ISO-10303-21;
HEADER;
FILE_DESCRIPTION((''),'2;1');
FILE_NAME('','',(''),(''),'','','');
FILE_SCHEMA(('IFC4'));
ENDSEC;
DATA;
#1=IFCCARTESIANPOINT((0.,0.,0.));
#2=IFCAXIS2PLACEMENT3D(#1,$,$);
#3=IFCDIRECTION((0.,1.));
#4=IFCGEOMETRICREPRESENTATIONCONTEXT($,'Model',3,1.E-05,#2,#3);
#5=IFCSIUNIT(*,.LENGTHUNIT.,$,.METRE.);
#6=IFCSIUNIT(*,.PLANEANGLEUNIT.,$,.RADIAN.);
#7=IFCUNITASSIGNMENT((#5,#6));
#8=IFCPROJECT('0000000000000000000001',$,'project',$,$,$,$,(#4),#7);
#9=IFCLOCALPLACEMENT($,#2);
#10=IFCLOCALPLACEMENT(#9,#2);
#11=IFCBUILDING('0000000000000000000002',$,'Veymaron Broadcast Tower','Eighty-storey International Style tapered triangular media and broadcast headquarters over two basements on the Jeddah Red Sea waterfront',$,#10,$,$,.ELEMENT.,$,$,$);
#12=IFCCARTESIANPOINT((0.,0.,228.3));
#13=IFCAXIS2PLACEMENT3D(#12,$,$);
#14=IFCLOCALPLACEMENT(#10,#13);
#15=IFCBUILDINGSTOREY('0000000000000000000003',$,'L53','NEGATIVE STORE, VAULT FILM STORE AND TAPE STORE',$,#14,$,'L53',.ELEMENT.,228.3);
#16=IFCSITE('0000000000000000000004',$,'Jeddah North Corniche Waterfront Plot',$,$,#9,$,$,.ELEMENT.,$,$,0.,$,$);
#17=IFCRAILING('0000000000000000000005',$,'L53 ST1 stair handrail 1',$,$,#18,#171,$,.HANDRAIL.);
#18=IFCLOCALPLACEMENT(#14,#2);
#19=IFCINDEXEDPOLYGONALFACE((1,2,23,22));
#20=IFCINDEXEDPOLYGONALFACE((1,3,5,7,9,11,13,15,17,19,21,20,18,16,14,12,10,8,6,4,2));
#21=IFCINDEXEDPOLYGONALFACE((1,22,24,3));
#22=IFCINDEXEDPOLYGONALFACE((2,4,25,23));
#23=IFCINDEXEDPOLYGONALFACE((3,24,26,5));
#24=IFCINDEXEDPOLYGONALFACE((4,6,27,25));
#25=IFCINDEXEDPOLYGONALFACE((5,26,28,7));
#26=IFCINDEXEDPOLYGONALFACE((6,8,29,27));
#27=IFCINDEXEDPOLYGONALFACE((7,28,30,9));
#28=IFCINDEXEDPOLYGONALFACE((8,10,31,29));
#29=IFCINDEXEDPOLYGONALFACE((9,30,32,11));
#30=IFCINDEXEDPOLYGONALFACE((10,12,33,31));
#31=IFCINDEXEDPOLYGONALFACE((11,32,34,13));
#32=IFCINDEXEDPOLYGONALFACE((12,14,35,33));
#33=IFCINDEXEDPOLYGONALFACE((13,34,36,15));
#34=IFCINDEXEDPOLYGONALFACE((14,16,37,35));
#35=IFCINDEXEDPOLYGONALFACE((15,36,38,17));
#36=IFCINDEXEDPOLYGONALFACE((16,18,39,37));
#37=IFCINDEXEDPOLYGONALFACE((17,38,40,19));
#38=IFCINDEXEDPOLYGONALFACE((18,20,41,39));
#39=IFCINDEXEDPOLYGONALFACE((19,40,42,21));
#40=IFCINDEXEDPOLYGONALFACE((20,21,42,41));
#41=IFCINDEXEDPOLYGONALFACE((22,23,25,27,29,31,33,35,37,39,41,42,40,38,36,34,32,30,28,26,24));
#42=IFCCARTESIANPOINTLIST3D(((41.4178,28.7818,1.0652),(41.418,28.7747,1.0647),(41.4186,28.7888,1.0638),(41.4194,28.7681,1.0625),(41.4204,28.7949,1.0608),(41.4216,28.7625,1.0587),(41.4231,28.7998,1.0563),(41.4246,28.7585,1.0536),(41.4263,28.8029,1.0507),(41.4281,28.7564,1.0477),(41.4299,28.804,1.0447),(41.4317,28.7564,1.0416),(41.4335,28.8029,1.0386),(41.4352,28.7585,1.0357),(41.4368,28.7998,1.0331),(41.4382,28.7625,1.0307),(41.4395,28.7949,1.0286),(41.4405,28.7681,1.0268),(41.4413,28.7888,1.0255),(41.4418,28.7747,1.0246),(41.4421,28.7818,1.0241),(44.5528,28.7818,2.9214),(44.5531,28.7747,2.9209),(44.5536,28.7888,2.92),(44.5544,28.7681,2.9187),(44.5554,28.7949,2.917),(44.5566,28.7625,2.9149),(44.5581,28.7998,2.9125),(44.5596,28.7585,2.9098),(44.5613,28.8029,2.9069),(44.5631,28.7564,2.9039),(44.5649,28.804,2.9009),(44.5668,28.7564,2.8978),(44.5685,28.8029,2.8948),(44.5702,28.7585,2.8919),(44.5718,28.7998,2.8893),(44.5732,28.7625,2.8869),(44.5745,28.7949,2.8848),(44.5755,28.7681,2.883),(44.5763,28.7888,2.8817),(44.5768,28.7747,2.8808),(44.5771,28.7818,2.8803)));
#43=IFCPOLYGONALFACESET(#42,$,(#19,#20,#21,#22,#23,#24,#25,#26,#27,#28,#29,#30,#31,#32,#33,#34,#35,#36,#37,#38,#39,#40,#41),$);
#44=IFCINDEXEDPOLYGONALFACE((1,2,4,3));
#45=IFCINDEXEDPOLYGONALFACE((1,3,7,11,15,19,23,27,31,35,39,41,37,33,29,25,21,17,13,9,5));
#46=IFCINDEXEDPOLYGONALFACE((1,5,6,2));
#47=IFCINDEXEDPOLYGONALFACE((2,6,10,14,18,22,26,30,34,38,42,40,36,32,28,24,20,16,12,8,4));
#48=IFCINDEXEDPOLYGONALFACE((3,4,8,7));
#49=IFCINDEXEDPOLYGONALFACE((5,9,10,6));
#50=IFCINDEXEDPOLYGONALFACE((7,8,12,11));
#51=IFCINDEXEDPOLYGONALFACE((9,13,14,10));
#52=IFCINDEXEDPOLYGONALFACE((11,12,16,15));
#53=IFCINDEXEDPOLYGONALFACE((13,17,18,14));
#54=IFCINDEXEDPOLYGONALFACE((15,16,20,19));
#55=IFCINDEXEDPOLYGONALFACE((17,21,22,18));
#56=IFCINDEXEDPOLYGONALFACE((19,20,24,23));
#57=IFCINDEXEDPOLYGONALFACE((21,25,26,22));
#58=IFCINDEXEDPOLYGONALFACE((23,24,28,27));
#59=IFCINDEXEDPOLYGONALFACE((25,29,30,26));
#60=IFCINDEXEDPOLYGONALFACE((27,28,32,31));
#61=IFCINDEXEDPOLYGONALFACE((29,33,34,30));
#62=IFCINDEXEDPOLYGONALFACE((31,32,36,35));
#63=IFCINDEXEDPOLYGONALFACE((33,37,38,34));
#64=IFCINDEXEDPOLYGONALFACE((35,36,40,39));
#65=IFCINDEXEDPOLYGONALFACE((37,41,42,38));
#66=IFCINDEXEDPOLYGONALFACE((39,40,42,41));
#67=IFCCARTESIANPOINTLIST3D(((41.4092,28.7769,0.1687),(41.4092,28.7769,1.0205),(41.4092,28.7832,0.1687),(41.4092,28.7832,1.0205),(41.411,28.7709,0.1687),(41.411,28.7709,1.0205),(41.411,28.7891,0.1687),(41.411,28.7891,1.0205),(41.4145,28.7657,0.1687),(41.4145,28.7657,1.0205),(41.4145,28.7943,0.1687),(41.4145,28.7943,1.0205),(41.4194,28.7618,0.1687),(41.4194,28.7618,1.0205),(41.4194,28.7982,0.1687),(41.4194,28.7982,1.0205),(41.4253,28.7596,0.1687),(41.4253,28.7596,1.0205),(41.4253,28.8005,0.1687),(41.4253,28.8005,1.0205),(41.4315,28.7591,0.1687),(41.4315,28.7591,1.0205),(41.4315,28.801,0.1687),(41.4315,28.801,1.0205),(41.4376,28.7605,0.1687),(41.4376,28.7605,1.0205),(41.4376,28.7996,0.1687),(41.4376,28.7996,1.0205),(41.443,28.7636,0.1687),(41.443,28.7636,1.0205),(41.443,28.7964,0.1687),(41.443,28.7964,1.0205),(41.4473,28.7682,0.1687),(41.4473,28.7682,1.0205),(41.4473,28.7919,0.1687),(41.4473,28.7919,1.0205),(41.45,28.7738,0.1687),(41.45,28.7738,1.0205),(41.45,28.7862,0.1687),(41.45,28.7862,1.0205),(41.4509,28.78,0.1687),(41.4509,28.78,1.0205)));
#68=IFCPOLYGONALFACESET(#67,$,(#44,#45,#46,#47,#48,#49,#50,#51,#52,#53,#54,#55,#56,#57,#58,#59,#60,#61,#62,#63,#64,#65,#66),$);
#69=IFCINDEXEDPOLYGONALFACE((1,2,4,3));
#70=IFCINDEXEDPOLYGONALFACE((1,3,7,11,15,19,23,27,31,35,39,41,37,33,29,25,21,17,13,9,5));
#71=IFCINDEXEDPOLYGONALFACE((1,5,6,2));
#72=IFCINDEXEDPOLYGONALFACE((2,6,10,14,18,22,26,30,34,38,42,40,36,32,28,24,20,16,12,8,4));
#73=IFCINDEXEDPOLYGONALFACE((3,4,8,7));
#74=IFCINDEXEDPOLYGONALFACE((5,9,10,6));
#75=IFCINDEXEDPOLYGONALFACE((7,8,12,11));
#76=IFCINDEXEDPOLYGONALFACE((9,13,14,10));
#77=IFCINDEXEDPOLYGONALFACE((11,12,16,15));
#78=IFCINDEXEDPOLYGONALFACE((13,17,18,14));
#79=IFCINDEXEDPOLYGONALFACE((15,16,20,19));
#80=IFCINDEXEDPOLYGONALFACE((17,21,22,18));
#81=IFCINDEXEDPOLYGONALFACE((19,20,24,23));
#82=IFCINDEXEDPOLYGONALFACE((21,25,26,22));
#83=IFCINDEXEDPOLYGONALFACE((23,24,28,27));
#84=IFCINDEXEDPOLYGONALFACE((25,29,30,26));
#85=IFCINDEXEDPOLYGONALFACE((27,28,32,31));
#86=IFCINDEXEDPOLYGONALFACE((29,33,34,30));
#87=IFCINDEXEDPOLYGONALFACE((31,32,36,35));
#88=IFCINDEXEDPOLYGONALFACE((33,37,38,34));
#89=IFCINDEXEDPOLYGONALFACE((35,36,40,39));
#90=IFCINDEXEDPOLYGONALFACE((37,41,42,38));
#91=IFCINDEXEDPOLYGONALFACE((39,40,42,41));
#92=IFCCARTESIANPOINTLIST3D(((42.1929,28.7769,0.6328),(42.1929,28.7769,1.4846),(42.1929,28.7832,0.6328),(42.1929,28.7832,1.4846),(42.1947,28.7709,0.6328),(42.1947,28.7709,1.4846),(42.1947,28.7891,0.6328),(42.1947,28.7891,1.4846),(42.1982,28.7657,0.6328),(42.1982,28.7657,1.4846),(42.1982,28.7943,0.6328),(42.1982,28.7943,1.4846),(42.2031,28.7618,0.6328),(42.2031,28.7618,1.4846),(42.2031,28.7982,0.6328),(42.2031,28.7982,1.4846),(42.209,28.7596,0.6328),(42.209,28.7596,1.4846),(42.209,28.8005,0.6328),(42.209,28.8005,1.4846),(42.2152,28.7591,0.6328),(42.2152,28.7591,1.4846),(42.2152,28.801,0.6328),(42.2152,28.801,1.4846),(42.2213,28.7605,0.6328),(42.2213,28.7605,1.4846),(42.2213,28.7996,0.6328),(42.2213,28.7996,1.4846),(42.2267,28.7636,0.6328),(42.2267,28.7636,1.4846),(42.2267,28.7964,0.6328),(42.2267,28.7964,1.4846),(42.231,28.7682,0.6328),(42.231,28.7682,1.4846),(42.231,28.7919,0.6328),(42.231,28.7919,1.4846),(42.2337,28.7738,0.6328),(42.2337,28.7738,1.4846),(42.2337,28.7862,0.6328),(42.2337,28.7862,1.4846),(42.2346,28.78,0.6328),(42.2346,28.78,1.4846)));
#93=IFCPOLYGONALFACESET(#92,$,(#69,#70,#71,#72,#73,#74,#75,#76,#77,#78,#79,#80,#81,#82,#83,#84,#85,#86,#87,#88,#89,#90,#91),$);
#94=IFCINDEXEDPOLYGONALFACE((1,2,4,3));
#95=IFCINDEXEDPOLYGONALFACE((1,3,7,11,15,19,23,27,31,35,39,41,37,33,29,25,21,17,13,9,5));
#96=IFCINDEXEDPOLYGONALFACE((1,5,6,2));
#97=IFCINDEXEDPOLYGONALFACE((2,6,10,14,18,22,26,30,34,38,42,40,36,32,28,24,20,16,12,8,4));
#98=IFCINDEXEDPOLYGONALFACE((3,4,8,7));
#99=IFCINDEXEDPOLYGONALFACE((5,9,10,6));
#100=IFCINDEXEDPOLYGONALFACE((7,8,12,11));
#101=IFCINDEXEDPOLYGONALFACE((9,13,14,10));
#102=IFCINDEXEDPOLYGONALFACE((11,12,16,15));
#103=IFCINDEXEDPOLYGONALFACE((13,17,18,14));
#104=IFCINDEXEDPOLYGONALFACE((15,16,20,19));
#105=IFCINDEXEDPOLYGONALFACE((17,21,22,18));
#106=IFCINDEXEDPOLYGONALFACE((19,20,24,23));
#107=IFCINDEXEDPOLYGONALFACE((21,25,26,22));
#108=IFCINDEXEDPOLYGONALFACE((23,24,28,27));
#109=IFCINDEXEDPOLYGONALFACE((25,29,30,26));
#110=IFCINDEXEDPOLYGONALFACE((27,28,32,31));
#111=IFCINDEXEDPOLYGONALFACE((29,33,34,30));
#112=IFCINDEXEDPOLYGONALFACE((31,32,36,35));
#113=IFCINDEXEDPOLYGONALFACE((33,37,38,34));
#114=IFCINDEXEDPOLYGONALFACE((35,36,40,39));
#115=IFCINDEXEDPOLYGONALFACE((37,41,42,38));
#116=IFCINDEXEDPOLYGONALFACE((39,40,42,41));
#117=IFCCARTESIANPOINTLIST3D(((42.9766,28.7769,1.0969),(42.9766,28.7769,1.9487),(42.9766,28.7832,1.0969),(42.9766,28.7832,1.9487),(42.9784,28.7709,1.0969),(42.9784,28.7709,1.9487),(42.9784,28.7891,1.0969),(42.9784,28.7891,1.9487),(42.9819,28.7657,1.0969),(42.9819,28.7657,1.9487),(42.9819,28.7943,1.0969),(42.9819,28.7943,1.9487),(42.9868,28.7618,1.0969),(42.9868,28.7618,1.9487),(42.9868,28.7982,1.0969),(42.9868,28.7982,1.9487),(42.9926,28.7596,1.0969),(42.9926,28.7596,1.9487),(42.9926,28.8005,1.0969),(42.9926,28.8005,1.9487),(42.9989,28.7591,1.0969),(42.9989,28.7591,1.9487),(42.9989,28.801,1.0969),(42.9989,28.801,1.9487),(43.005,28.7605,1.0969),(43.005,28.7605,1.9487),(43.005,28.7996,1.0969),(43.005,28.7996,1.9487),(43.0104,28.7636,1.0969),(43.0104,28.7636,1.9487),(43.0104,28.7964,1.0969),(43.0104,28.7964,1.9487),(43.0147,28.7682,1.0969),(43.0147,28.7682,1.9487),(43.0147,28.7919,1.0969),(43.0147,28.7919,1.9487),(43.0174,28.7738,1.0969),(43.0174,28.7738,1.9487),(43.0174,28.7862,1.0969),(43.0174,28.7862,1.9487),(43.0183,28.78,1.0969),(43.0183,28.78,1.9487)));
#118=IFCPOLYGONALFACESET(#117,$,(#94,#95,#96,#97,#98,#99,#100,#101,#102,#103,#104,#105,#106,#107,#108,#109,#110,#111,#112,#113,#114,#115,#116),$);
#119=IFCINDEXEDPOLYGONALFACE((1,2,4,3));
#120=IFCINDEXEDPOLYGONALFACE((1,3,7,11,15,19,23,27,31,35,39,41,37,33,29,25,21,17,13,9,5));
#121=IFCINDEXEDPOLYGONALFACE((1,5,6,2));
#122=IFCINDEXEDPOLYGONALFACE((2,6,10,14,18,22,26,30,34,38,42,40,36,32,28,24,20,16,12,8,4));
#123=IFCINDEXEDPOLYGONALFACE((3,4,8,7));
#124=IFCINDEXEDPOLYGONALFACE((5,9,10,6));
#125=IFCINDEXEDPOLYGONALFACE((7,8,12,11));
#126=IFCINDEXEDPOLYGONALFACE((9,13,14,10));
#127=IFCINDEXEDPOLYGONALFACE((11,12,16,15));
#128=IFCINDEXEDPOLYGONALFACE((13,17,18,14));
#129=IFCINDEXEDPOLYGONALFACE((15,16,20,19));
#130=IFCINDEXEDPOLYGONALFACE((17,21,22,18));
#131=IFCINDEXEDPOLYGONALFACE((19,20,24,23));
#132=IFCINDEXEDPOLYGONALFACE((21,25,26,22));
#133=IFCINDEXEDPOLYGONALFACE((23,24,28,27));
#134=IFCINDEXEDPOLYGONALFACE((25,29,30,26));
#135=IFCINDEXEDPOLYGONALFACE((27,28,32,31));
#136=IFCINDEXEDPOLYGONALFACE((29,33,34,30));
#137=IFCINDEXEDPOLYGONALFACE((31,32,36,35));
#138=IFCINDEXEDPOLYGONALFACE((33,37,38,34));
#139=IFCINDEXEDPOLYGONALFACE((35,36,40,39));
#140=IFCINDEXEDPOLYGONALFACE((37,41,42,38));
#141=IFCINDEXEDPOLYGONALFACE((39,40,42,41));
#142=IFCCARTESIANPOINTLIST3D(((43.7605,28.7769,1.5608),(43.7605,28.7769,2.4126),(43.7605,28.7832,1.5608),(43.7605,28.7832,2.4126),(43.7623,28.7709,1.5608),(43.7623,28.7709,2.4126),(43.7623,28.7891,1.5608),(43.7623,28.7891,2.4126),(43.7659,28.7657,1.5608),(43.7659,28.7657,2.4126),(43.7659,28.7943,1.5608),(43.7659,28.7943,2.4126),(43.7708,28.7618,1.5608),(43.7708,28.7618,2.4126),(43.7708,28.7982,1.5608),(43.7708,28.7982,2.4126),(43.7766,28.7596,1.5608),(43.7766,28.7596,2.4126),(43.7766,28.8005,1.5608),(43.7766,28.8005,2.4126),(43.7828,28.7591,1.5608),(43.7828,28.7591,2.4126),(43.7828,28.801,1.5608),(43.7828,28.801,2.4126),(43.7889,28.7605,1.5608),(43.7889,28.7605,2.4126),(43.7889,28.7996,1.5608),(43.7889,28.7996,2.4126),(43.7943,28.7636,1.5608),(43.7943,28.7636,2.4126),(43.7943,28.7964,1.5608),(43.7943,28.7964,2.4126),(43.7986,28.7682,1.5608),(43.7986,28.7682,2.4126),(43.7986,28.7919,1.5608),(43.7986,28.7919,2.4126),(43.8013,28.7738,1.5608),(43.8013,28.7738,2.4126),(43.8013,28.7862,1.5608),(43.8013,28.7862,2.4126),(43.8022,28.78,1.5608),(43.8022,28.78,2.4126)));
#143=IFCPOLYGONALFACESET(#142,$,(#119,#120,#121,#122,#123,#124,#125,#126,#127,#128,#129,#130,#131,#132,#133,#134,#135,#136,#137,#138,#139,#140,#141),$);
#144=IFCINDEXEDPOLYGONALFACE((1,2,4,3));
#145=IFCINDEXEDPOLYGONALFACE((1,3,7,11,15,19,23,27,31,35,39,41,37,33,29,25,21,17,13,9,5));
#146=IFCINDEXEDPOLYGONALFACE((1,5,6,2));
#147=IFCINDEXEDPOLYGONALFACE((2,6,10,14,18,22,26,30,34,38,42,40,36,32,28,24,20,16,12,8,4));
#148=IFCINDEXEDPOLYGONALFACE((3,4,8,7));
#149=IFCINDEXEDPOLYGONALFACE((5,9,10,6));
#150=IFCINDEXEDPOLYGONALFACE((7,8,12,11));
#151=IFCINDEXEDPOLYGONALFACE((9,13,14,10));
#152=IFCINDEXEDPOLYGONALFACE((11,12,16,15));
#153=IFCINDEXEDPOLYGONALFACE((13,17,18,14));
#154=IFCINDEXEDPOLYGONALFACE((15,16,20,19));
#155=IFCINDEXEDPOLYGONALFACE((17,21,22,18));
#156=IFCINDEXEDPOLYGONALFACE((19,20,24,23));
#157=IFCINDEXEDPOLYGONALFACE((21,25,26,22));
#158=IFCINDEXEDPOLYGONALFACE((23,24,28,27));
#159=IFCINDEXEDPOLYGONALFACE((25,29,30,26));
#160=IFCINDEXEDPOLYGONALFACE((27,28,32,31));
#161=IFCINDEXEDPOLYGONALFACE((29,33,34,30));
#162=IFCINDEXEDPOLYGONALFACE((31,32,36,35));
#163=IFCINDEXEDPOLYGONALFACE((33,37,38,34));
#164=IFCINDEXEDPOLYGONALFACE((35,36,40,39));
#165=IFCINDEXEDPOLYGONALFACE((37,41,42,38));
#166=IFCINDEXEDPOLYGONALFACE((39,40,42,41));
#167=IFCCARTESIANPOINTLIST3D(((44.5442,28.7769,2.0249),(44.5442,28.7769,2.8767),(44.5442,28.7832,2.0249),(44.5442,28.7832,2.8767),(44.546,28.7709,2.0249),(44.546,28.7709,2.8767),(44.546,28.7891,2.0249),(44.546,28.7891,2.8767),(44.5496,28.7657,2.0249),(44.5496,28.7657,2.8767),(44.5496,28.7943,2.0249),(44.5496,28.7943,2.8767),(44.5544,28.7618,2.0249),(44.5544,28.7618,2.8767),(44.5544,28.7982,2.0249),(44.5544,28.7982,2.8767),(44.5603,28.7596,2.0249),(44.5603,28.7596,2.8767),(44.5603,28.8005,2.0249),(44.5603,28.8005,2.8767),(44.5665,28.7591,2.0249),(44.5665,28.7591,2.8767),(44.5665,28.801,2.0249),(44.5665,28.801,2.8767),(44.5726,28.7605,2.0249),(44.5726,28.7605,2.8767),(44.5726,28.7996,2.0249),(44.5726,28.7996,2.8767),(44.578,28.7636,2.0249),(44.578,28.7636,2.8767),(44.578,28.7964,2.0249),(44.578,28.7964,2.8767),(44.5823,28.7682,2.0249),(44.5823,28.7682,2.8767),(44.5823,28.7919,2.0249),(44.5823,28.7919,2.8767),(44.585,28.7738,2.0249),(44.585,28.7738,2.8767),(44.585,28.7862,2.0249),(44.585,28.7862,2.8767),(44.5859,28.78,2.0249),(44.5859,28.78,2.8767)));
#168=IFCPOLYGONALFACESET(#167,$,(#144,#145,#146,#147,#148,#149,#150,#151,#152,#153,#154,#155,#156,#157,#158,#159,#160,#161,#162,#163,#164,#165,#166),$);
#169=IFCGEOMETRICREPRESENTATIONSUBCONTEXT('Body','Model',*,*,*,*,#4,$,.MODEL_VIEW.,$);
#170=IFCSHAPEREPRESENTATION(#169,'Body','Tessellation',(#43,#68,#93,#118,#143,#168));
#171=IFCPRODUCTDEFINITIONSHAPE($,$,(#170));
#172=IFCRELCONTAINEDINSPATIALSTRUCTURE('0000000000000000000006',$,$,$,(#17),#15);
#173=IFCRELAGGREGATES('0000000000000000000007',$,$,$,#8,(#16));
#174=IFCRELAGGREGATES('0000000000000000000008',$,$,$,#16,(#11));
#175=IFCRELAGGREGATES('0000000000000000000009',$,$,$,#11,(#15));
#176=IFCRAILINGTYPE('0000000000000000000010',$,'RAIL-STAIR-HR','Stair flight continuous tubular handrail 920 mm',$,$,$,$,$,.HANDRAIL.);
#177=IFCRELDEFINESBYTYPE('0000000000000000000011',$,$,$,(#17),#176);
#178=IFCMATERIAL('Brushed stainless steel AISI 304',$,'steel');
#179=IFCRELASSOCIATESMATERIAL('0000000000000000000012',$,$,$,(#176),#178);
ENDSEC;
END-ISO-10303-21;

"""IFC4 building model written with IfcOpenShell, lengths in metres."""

from ifc_helpers import new_model, si_unit, direction, frame, origin, origin_2d, place, context, subcontext, project, spatial, circle, extrude, material, type_object, element, save


model = new_model("IFC4")

# Units and contexts
model_context = context("Model", 3, precision=1e-05, world=origin(), true_north=direction((0.0, 1.0)))
body_context = subcontext(model_context, "Body", "Model", "MODEL_VIEW")
ifc_project = project(units=[si_unit("LENGTHUNIT", "METRE"), si_unit("PLANEANGLEUNIT", "RADIAN")], contexts=[model_context])

# Site, building, storey
site_placement = place(None, origin())
site = spatial("IfcSite", under=ifc_project, at=site_placement, Name="Jeddah North Corniche Waterfront Plot", CompositionType="ELEMENT", RefElevation=0.0)
building_placement = place(site_placement, origin())
building = spatial("IfcBuilding", under=site, at=building_placement, Name="Veymaron Broadcast Tower", Description="Eighty-storey International Style tapered triangular media and broadcast headquarters over two basements on the Jeddah Red Sea waterfront", CompositionType="ELEMENT")
storey_placement = place(building_placement, frame((0.0, 0.0, 228.3)))
storey = spatial("IfcBuildingStorey", under=building, at=storey_placement, Name="L53", Description="NEGATIVE STORE, VAULT FILM STORE AND TAPE STORE", LongName="L53", CompositionType="ELEMENT", Elevation=228.3)

# Shared definitions
ifc_material_1 = material(Name="Brushed stainless steel AISI 304", Category="steel")

# Railing
railing_type_1 = type_object("IfcRailingType", Name="RAIL-STAIR-HR", Description="Stair flight continuous tubular handrail 920 mm", PredefinedType="HANDRAIL", material=ifc_material_1)
railing_1_placement = place(storey_placement, frame((41.4299, 28.78, 0.1687)))
element("IfcRailing", 1, at=railing_1_placement, inside=storey, type_object=railing_type_1, Name="L53 ST1 stair handrail 1", PredefinedType="HANDRAIL", context=body_context, shape_type="SweptSolid", body=[
    extrude(circle(Radius=0.0239, at=origin_2d()), frame((0.0, 0.0, 0.876), z_axis=(0.860482, 0.0, 0.509481), x_axis=(0.0, 1.0, 0.0)), (0.0, 0.0, 1.0), 3.6433),
    extrude(circle(Radius=0.021, at=origin_2d()), origin(), (0.0, 0.0, 1.0), 0.8518),
    extrude(circle(Radius=0.021, at=origin_2d()), frame((0.7837, 0.0, 0.4641)), (0.0, 0.0, 1.0), 0.8518),
    extrude(circle(Radius=0.021, at=origin_2d()), frame((1.5674, 0.0, 0.9282)), (0.0, 0.0, 1.0), 0.8518),
    extrude(circle(Radius=0.021, at=origin_2d()), frame((2.3513, 0.0, 1.3921)), (0.0, 0.0, 1.0), 0.8518),
    extrude(circle(Radius=0.021, at=origin_2d()), frame((3.135, 0.0, 1.8562)), (0.0, 0.0, 1.0), 0.8518),
])

save(model, "model.ifc")
